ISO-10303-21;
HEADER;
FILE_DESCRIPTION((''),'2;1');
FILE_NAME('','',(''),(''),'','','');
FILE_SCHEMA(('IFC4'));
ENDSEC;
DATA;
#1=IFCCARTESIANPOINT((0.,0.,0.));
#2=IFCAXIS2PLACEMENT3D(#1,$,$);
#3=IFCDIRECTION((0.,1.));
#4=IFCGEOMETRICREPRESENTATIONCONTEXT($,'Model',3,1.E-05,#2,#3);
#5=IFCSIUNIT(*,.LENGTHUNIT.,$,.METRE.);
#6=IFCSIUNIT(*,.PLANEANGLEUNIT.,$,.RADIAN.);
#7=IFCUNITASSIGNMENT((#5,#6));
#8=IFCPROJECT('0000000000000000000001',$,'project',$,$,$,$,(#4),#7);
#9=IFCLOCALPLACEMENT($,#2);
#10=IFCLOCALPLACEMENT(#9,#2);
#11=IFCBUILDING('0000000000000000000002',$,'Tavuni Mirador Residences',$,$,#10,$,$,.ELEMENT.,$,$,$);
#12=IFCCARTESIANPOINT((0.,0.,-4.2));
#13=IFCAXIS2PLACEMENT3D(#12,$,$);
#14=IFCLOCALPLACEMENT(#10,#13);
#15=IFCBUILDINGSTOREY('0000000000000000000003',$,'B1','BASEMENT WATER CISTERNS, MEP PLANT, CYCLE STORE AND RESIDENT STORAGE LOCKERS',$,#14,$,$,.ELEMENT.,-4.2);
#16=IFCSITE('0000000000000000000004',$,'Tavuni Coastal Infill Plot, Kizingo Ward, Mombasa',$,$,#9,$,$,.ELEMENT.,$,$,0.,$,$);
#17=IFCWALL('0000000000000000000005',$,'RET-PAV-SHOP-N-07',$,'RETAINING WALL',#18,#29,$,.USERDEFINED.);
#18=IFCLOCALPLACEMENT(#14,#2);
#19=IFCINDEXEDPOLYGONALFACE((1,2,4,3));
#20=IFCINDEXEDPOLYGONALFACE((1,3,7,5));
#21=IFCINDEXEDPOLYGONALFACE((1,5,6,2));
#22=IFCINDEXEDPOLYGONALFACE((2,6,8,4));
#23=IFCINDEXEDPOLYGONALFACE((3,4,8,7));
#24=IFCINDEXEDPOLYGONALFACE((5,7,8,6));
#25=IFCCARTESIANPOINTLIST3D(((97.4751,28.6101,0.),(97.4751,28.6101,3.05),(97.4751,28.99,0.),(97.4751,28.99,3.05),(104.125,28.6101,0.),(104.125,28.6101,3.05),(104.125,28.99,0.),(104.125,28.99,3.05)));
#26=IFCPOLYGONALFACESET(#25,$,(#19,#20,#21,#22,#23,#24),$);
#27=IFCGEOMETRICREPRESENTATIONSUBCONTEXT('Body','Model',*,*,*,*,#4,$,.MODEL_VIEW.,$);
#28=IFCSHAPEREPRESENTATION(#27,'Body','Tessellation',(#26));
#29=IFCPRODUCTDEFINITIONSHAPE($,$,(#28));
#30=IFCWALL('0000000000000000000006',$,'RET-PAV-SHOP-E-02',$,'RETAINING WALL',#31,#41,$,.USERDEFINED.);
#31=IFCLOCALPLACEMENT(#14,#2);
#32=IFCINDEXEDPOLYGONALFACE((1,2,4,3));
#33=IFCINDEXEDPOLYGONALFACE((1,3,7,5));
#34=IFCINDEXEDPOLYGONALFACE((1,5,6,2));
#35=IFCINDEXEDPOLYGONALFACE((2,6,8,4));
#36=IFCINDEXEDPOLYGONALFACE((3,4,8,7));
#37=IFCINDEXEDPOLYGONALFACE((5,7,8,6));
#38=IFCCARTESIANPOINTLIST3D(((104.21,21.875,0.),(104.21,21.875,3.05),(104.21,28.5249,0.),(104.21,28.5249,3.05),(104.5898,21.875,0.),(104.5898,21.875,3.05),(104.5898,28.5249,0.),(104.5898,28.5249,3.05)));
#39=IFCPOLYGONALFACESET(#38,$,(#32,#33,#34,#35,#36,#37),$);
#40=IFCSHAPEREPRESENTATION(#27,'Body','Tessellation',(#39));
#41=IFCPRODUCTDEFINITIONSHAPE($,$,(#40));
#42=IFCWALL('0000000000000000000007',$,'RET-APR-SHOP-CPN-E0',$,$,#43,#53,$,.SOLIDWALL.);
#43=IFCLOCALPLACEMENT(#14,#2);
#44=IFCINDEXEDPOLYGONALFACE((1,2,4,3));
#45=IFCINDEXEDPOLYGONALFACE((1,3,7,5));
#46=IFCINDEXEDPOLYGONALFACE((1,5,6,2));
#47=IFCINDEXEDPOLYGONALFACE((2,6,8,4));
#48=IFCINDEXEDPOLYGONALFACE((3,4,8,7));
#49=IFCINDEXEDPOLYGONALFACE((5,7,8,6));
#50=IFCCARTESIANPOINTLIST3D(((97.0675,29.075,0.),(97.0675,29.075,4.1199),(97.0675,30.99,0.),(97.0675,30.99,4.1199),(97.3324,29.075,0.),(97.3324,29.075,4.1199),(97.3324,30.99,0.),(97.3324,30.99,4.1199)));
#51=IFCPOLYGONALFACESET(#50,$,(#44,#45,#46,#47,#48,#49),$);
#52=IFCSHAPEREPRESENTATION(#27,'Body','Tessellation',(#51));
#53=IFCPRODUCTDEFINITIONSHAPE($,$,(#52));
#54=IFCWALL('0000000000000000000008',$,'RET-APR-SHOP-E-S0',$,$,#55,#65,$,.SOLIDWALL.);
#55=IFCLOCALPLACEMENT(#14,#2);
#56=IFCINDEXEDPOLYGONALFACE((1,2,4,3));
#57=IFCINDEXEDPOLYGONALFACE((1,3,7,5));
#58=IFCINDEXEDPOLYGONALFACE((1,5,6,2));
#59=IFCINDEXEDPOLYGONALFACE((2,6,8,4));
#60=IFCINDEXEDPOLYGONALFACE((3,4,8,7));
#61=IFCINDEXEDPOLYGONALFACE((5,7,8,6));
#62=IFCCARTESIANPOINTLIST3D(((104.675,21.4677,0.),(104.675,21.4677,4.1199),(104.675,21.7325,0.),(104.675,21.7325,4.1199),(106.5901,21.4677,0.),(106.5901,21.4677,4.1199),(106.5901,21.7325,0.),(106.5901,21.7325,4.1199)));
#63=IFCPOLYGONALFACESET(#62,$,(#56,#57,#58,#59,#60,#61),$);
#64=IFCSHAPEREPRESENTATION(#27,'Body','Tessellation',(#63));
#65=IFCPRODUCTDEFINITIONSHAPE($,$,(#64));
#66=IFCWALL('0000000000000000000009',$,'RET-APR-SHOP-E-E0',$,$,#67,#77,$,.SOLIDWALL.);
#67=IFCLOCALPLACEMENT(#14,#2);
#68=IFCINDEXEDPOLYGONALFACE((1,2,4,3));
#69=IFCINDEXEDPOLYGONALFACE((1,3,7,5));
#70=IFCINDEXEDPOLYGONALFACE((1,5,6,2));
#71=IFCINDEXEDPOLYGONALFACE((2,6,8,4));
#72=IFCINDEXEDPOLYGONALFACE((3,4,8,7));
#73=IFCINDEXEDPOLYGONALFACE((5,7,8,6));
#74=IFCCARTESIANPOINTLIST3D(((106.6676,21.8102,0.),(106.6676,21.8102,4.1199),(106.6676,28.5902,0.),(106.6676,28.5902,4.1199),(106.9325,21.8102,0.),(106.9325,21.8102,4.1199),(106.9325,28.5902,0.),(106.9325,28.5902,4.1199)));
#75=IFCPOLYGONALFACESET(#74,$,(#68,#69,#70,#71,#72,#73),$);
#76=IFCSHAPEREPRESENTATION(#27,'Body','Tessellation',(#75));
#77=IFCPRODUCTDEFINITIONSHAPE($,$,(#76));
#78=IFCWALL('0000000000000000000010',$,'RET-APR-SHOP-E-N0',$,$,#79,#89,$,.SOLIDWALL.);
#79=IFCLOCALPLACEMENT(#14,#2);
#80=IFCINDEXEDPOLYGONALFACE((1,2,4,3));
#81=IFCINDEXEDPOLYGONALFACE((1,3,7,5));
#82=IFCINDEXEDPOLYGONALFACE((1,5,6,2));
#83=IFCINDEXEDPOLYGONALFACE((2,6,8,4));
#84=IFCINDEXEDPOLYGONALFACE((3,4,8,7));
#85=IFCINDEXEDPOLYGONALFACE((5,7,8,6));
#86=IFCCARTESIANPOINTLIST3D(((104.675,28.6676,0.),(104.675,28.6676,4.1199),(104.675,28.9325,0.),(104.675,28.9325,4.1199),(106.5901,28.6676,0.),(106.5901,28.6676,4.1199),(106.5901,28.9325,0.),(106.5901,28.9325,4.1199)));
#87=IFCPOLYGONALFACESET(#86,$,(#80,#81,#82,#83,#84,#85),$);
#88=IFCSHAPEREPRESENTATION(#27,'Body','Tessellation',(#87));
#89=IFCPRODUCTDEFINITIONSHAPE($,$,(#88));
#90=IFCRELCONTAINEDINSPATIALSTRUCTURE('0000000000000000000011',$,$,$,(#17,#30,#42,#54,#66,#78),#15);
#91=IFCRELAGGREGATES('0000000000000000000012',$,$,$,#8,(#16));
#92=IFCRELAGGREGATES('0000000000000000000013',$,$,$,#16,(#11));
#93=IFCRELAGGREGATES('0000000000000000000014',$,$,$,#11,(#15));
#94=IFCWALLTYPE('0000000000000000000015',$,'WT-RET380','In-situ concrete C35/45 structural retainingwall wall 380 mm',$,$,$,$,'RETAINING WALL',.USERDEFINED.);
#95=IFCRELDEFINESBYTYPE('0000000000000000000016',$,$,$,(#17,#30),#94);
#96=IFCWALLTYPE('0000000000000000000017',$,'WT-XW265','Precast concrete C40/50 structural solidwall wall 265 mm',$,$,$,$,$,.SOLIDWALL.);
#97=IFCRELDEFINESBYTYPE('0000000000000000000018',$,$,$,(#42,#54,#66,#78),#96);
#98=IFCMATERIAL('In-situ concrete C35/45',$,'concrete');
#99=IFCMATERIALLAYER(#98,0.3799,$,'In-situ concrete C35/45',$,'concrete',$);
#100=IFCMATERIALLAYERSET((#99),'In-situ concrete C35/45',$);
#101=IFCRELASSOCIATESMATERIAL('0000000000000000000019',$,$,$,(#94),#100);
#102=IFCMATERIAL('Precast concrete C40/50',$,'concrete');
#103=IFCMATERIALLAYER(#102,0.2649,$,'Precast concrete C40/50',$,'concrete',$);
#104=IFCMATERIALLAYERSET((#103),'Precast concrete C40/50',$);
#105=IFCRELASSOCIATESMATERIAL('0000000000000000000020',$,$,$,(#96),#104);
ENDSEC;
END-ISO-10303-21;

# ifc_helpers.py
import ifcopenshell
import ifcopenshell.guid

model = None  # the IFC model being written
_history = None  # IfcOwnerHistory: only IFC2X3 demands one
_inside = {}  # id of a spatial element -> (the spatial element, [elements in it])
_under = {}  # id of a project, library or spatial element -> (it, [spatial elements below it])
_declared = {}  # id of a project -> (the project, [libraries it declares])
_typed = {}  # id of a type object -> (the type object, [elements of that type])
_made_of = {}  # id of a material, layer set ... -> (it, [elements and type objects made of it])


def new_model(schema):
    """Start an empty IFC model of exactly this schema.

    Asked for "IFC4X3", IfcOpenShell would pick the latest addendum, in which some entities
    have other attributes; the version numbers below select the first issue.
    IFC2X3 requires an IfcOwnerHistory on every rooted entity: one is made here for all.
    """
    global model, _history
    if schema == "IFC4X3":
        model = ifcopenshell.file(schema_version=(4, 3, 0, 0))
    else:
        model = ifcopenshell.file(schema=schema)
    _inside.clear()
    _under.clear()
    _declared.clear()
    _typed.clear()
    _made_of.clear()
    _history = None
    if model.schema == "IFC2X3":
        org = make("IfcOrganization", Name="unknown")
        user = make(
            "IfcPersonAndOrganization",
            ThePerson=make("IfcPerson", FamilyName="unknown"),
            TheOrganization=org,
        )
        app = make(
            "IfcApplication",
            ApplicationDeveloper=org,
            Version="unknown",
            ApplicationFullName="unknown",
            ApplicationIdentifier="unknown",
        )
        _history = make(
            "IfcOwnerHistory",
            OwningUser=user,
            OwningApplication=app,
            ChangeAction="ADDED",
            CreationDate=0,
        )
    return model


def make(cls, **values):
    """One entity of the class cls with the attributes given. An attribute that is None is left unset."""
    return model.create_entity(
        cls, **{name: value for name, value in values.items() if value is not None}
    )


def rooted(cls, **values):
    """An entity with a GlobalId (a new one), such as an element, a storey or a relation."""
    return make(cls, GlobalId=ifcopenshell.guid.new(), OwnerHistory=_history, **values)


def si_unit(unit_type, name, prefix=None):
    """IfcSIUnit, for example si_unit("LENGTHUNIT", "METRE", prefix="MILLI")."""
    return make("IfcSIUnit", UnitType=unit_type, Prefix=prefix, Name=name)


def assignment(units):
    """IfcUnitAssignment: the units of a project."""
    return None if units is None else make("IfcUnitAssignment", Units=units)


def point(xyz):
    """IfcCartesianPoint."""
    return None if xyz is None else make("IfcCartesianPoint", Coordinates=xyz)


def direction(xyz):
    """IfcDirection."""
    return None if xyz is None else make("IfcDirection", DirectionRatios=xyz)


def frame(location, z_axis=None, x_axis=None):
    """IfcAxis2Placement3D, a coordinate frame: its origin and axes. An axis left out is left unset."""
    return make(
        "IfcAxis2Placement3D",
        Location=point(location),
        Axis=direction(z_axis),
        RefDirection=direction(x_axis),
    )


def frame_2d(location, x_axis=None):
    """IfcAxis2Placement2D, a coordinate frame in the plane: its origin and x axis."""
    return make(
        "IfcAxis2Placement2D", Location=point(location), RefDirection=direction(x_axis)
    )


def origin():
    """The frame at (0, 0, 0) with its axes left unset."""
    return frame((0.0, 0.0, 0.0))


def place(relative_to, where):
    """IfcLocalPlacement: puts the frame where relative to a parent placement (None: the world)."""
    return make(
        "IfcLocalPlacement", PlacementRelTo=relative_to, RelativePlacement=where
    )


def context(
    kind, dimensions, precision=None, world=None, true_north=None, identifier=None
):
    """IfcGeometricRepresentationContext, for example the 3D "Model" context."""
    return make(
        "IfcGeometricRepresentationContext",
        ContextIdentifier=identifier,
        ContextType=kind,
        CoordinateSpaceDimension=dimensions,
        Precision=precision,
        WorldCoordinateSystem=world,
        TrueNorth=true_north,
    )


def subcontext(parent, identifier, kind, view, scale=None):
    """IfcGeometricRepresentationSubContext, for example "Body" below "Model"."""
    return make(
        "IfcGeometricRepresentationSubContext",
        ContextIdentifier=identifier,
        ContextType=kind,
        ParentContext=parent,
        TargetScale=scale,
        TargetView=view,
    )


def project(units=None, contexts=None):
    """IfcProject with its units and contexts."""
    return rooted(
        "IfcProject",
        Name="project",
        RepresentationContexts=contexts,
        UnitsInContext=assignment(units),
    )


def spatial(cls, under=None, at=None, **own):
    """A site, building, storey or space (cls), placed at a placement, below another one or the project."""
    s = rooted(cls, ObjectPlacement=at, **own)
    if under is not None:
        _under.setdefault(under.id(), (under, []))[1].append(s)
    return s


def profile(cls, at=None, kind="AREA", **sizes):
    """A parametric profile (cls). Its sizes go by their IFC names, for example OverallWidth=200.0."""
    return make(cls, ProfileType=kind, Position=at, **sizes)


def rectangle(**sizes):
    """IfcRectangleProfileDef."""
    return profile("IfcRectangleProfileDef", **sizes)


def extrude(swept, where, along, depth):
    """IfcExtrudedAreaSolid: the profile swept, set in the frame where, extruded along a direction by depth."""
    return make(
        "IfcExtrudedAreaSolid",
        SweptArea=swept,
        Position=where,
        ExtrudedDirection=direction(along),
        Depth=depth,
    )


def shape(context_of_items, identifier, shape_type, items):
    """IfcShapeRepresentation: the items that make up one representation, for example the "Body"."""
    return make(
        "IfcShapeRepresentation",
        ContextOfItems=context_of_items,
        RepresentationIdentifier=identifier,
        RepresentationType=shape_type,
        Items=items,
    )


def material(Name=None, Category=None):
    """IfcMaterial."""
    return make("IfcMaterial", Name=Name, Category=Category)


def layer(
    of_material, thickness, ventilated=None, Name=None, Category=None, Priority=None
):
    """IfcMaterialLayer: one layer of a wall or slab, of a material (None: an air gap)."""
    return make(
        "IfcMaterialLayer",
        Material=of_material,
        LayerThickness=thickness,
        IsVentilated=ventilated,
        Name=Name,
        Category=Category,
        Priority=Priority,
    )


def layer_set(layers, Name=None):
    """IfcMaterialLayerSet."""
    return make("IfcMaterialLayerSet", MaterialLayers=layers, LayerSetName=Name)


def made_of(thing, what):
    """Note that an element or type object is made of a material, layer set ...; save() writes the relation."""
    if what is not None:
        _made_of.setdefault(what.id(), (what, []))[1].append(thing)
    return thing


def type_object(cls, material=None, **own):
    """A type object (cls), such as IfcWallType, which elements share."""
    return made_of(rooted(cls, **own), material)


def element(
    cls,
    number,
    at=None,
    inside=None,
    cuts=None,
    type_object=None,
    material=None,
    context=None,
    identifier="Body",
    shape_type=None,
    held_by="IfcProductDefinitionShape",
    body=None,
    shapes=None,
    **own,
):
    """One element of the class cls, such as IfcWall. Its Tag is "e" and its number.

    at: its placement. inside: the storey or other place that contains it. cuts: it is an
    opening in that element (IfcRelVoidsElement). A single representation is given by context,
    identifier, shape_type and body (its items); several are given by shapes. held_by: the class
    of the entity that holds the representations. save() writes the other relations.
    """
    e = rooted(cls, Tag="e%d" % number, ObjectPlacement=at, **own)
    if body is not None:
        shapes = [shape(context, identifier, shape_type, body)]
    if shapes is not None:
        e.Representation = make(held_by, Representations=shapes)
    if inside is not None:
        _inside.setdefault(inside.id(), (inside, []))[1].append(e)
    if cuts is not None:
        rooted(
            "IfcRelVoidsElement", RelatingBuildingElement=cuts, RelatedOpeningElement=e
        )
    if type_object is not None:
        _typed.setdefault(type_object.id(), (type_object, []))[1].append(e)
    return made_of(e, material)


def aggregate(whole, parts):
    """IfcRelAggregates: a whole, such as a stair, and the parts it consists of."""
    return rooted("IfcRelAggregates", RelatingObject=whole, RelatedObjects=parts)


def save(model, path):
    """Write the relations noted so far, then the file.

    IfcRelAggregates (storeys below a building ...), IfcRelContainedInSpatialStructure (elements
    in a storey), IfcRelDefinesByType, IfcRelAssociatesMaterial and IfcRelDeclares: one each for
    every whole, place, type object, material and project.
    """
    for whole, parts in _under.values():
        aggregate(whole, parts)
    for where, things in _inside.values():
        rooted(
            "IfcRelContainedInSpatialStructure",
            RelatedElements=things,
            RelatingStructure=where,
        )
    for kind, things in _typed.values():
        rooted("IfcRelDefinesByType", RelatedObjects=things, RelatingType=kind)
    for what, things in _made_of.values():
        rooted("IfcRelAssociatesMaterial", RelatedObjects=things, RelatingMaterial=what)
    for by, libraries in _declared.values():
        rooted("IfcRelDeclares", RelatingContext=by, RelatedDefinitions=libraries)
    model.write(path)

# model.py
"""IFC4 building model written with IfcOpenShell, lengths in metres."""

from ifc_helpers import new_model, si_unit, direction, frame, frame_2d, origin, place, context, subcontext, project, spatial, rectangle, extrude, material, layer, layer_set, type_object, element, save


model = new_model("IFC4")

# Units and contexts
model_context = context("Model", 3, precision=1e-05, world=origin(), true_north=direction((0.0, 1.0)))
body_context = subcontext(model_context, "Body", "Model", "MODEL_VIEW")
ifc_project = project(units=[si_unit("LENGTHUNIT", "METRE"), si_unit("PLANEANGLEUNIT", "RADIAN")], contexts=[model_context])

# Site, building, storey
site_placement = place(None, origin())
site = spatial("IfcSite", under=ifc_project, at=site_placement, Name="Tavuni Coastal Infill Plot, Kizingo Ward, Mombasa", CompositionType="ELEMENT", RefElevation=0.0)
building_placement = place(site_placement, origin())
building = spatial("IfcBuilding", under=site, at=building_placement, Name="Tavuni Mirador Residences", CompositionType="ELEMENT")
storey_placement = place(building_placement, frame((0.0, 0.0, -4.2)))
storey = spatial("IfcBuildingStorey", under=building, at=storey_placement, Name="B1", Description="BASEMENT WATER CISTERNS, MEP PLANT, CYCLE STORE AND RESIDENT STORAGE LOCKERS", CompositionType="ELEMENT", Elevation=-4.2)

# Shared definitions
ifc_material_1 = material(Name="In-situ concrete C35/45", Category="concrete")

# Shared definitions
ifc_material_2 = material(Name="Precast concrete C40/50", Category="concrete")

# Walls
ifc_layer_1 = layer(ifc_material_1, 0.3799, Name="In-situ concrete C35/45", Category="concrete")
ifc_layer_set_1 = layer_set([ifc_layer_1], Name="In-situ concrete C35/45")
wall_type_1 = type_object("IfcWallType", Name="WT-RET380", Description="In-situ concrete C35/45 structural retainingwall wall 380 mm", ElementType="RETAINING WALL", PredefinedType="USERDEFINED", material=ifc_layer_set_1)
for number, where, z_axis, x_axis, name in (
    (1, (104.125, 28.8, 0.0), (0.0, 0.0, 1.0), (-1.0, 0.0, 0.0), "RET-PAV-SHOP-N-07"),
    (2, (104.3999, 21.875, 0.0), (0.0, 0.0, 1.0), (0.0, 1.0, 0.0), "RET-PAV-SHOP-E-02"),
):
    element("IfcWall", number, at=place(storey_placement, frame(where, z_axis=z_axis, x_axis=x_axis)), inside=storey, type_object=wall_type_1, Name=name, ObjectType="RETAINING WALL", PredefinedType="USERDEFINED", context=body_context, shape_type="SweptSolid", body=[
        extrude(rectangle(XDim=6.6499, YDim=0.3799, at=frame_2d((3.325, 0.0))), origin(), (0.0, 0.0, 1.0), 3.05),
    ])
ifc_layer_2 = layer(ifc_material_2, 0.2649, Name="Precast concrete C40/50", Category="concrete")
ifc_layer_set_2 = layer_set([ifc_layer_2], Name="Precast concrete C40/50")
wall_type_2 = type_object("IfcWallType", Name="WT-XW265", Description="Precast concrete C40/50 structural solidwall wall 265 mm", PredefinedType="SOLIDWALL", material=ifc_layer_set_2)
for number, where, z_axis, x_axis, name in (
    (3, (97.2, 29.075, 0.0), (0.0, 0.0, 1.0), (0.0, 1.0, 0.0), "RET-APR-SHOP-CPN-E0"),
    (4, (104.675, 21.6001, 0.0), (0.0, 0.0, 1.0), (1.0, 0.0, 0.0), "RET-APR-SHOP-E-S0"),
):
    element("IfcWall", number, at=place(storey_placement, frame(where, z_axis=z_axis, x_axis=x_axis)), inside=storey, type_object=wall_type_2, Name=name, PredefinedType="SOLIDWALL", context=body_context, shape_type="SweptSolid", body=[
        extrude(rectangle(XDim=1.915, YDim=0.2649, at=frame_2d((0.9575, 0.0))), origin(), (0.0, 0.0, 1.0), 4.1199),
    ])
wall_1_placement = place(storey_placement, frame((106.8, 21.8101, 0.0), z_axis=(0.0, 0.0, 1.0), x_axis=(0.0, 1.0, 0.0)))
element("IfcWall", 5, at=wall_1_placement, inside=storey, type_object=wall_type_2, Name="RET-APR-SHOP-E-E0", PredefinedType="SOLIDWALL", context=body_context, shape_type="SweptSolid", body=[
    extrude(rectangle(XDim=6.78, YDim=0.2649, at=frame_2d((3.3901, 0.0))), origin(), (0.0, 0.0, 1.0), 4.1199),
])
wall_2_placement = place(storey_placement, frame((106.5901, 28.8, 0.0), z_axis=(0.0, 0.0, 1.0), x_axis=(-1.0, 0.0, 0.0)))
element("IfcWall", 6, at=wall_2_placement, inside=storey, type_object=wall_type_2, Name="RET-APR-SHOP-E-N0", PredefinedType="SOLIDWALL", context=body_context, shape_type="SweptSolid", body=[
    extrude(rectangle(XDim=1.915, YDim=0.2649, at=frame_2d((0.9575, 0.0))), origin(), (0.0, 0.0, 1.0), 4.1199),
])

save(model, "model.ifc")
